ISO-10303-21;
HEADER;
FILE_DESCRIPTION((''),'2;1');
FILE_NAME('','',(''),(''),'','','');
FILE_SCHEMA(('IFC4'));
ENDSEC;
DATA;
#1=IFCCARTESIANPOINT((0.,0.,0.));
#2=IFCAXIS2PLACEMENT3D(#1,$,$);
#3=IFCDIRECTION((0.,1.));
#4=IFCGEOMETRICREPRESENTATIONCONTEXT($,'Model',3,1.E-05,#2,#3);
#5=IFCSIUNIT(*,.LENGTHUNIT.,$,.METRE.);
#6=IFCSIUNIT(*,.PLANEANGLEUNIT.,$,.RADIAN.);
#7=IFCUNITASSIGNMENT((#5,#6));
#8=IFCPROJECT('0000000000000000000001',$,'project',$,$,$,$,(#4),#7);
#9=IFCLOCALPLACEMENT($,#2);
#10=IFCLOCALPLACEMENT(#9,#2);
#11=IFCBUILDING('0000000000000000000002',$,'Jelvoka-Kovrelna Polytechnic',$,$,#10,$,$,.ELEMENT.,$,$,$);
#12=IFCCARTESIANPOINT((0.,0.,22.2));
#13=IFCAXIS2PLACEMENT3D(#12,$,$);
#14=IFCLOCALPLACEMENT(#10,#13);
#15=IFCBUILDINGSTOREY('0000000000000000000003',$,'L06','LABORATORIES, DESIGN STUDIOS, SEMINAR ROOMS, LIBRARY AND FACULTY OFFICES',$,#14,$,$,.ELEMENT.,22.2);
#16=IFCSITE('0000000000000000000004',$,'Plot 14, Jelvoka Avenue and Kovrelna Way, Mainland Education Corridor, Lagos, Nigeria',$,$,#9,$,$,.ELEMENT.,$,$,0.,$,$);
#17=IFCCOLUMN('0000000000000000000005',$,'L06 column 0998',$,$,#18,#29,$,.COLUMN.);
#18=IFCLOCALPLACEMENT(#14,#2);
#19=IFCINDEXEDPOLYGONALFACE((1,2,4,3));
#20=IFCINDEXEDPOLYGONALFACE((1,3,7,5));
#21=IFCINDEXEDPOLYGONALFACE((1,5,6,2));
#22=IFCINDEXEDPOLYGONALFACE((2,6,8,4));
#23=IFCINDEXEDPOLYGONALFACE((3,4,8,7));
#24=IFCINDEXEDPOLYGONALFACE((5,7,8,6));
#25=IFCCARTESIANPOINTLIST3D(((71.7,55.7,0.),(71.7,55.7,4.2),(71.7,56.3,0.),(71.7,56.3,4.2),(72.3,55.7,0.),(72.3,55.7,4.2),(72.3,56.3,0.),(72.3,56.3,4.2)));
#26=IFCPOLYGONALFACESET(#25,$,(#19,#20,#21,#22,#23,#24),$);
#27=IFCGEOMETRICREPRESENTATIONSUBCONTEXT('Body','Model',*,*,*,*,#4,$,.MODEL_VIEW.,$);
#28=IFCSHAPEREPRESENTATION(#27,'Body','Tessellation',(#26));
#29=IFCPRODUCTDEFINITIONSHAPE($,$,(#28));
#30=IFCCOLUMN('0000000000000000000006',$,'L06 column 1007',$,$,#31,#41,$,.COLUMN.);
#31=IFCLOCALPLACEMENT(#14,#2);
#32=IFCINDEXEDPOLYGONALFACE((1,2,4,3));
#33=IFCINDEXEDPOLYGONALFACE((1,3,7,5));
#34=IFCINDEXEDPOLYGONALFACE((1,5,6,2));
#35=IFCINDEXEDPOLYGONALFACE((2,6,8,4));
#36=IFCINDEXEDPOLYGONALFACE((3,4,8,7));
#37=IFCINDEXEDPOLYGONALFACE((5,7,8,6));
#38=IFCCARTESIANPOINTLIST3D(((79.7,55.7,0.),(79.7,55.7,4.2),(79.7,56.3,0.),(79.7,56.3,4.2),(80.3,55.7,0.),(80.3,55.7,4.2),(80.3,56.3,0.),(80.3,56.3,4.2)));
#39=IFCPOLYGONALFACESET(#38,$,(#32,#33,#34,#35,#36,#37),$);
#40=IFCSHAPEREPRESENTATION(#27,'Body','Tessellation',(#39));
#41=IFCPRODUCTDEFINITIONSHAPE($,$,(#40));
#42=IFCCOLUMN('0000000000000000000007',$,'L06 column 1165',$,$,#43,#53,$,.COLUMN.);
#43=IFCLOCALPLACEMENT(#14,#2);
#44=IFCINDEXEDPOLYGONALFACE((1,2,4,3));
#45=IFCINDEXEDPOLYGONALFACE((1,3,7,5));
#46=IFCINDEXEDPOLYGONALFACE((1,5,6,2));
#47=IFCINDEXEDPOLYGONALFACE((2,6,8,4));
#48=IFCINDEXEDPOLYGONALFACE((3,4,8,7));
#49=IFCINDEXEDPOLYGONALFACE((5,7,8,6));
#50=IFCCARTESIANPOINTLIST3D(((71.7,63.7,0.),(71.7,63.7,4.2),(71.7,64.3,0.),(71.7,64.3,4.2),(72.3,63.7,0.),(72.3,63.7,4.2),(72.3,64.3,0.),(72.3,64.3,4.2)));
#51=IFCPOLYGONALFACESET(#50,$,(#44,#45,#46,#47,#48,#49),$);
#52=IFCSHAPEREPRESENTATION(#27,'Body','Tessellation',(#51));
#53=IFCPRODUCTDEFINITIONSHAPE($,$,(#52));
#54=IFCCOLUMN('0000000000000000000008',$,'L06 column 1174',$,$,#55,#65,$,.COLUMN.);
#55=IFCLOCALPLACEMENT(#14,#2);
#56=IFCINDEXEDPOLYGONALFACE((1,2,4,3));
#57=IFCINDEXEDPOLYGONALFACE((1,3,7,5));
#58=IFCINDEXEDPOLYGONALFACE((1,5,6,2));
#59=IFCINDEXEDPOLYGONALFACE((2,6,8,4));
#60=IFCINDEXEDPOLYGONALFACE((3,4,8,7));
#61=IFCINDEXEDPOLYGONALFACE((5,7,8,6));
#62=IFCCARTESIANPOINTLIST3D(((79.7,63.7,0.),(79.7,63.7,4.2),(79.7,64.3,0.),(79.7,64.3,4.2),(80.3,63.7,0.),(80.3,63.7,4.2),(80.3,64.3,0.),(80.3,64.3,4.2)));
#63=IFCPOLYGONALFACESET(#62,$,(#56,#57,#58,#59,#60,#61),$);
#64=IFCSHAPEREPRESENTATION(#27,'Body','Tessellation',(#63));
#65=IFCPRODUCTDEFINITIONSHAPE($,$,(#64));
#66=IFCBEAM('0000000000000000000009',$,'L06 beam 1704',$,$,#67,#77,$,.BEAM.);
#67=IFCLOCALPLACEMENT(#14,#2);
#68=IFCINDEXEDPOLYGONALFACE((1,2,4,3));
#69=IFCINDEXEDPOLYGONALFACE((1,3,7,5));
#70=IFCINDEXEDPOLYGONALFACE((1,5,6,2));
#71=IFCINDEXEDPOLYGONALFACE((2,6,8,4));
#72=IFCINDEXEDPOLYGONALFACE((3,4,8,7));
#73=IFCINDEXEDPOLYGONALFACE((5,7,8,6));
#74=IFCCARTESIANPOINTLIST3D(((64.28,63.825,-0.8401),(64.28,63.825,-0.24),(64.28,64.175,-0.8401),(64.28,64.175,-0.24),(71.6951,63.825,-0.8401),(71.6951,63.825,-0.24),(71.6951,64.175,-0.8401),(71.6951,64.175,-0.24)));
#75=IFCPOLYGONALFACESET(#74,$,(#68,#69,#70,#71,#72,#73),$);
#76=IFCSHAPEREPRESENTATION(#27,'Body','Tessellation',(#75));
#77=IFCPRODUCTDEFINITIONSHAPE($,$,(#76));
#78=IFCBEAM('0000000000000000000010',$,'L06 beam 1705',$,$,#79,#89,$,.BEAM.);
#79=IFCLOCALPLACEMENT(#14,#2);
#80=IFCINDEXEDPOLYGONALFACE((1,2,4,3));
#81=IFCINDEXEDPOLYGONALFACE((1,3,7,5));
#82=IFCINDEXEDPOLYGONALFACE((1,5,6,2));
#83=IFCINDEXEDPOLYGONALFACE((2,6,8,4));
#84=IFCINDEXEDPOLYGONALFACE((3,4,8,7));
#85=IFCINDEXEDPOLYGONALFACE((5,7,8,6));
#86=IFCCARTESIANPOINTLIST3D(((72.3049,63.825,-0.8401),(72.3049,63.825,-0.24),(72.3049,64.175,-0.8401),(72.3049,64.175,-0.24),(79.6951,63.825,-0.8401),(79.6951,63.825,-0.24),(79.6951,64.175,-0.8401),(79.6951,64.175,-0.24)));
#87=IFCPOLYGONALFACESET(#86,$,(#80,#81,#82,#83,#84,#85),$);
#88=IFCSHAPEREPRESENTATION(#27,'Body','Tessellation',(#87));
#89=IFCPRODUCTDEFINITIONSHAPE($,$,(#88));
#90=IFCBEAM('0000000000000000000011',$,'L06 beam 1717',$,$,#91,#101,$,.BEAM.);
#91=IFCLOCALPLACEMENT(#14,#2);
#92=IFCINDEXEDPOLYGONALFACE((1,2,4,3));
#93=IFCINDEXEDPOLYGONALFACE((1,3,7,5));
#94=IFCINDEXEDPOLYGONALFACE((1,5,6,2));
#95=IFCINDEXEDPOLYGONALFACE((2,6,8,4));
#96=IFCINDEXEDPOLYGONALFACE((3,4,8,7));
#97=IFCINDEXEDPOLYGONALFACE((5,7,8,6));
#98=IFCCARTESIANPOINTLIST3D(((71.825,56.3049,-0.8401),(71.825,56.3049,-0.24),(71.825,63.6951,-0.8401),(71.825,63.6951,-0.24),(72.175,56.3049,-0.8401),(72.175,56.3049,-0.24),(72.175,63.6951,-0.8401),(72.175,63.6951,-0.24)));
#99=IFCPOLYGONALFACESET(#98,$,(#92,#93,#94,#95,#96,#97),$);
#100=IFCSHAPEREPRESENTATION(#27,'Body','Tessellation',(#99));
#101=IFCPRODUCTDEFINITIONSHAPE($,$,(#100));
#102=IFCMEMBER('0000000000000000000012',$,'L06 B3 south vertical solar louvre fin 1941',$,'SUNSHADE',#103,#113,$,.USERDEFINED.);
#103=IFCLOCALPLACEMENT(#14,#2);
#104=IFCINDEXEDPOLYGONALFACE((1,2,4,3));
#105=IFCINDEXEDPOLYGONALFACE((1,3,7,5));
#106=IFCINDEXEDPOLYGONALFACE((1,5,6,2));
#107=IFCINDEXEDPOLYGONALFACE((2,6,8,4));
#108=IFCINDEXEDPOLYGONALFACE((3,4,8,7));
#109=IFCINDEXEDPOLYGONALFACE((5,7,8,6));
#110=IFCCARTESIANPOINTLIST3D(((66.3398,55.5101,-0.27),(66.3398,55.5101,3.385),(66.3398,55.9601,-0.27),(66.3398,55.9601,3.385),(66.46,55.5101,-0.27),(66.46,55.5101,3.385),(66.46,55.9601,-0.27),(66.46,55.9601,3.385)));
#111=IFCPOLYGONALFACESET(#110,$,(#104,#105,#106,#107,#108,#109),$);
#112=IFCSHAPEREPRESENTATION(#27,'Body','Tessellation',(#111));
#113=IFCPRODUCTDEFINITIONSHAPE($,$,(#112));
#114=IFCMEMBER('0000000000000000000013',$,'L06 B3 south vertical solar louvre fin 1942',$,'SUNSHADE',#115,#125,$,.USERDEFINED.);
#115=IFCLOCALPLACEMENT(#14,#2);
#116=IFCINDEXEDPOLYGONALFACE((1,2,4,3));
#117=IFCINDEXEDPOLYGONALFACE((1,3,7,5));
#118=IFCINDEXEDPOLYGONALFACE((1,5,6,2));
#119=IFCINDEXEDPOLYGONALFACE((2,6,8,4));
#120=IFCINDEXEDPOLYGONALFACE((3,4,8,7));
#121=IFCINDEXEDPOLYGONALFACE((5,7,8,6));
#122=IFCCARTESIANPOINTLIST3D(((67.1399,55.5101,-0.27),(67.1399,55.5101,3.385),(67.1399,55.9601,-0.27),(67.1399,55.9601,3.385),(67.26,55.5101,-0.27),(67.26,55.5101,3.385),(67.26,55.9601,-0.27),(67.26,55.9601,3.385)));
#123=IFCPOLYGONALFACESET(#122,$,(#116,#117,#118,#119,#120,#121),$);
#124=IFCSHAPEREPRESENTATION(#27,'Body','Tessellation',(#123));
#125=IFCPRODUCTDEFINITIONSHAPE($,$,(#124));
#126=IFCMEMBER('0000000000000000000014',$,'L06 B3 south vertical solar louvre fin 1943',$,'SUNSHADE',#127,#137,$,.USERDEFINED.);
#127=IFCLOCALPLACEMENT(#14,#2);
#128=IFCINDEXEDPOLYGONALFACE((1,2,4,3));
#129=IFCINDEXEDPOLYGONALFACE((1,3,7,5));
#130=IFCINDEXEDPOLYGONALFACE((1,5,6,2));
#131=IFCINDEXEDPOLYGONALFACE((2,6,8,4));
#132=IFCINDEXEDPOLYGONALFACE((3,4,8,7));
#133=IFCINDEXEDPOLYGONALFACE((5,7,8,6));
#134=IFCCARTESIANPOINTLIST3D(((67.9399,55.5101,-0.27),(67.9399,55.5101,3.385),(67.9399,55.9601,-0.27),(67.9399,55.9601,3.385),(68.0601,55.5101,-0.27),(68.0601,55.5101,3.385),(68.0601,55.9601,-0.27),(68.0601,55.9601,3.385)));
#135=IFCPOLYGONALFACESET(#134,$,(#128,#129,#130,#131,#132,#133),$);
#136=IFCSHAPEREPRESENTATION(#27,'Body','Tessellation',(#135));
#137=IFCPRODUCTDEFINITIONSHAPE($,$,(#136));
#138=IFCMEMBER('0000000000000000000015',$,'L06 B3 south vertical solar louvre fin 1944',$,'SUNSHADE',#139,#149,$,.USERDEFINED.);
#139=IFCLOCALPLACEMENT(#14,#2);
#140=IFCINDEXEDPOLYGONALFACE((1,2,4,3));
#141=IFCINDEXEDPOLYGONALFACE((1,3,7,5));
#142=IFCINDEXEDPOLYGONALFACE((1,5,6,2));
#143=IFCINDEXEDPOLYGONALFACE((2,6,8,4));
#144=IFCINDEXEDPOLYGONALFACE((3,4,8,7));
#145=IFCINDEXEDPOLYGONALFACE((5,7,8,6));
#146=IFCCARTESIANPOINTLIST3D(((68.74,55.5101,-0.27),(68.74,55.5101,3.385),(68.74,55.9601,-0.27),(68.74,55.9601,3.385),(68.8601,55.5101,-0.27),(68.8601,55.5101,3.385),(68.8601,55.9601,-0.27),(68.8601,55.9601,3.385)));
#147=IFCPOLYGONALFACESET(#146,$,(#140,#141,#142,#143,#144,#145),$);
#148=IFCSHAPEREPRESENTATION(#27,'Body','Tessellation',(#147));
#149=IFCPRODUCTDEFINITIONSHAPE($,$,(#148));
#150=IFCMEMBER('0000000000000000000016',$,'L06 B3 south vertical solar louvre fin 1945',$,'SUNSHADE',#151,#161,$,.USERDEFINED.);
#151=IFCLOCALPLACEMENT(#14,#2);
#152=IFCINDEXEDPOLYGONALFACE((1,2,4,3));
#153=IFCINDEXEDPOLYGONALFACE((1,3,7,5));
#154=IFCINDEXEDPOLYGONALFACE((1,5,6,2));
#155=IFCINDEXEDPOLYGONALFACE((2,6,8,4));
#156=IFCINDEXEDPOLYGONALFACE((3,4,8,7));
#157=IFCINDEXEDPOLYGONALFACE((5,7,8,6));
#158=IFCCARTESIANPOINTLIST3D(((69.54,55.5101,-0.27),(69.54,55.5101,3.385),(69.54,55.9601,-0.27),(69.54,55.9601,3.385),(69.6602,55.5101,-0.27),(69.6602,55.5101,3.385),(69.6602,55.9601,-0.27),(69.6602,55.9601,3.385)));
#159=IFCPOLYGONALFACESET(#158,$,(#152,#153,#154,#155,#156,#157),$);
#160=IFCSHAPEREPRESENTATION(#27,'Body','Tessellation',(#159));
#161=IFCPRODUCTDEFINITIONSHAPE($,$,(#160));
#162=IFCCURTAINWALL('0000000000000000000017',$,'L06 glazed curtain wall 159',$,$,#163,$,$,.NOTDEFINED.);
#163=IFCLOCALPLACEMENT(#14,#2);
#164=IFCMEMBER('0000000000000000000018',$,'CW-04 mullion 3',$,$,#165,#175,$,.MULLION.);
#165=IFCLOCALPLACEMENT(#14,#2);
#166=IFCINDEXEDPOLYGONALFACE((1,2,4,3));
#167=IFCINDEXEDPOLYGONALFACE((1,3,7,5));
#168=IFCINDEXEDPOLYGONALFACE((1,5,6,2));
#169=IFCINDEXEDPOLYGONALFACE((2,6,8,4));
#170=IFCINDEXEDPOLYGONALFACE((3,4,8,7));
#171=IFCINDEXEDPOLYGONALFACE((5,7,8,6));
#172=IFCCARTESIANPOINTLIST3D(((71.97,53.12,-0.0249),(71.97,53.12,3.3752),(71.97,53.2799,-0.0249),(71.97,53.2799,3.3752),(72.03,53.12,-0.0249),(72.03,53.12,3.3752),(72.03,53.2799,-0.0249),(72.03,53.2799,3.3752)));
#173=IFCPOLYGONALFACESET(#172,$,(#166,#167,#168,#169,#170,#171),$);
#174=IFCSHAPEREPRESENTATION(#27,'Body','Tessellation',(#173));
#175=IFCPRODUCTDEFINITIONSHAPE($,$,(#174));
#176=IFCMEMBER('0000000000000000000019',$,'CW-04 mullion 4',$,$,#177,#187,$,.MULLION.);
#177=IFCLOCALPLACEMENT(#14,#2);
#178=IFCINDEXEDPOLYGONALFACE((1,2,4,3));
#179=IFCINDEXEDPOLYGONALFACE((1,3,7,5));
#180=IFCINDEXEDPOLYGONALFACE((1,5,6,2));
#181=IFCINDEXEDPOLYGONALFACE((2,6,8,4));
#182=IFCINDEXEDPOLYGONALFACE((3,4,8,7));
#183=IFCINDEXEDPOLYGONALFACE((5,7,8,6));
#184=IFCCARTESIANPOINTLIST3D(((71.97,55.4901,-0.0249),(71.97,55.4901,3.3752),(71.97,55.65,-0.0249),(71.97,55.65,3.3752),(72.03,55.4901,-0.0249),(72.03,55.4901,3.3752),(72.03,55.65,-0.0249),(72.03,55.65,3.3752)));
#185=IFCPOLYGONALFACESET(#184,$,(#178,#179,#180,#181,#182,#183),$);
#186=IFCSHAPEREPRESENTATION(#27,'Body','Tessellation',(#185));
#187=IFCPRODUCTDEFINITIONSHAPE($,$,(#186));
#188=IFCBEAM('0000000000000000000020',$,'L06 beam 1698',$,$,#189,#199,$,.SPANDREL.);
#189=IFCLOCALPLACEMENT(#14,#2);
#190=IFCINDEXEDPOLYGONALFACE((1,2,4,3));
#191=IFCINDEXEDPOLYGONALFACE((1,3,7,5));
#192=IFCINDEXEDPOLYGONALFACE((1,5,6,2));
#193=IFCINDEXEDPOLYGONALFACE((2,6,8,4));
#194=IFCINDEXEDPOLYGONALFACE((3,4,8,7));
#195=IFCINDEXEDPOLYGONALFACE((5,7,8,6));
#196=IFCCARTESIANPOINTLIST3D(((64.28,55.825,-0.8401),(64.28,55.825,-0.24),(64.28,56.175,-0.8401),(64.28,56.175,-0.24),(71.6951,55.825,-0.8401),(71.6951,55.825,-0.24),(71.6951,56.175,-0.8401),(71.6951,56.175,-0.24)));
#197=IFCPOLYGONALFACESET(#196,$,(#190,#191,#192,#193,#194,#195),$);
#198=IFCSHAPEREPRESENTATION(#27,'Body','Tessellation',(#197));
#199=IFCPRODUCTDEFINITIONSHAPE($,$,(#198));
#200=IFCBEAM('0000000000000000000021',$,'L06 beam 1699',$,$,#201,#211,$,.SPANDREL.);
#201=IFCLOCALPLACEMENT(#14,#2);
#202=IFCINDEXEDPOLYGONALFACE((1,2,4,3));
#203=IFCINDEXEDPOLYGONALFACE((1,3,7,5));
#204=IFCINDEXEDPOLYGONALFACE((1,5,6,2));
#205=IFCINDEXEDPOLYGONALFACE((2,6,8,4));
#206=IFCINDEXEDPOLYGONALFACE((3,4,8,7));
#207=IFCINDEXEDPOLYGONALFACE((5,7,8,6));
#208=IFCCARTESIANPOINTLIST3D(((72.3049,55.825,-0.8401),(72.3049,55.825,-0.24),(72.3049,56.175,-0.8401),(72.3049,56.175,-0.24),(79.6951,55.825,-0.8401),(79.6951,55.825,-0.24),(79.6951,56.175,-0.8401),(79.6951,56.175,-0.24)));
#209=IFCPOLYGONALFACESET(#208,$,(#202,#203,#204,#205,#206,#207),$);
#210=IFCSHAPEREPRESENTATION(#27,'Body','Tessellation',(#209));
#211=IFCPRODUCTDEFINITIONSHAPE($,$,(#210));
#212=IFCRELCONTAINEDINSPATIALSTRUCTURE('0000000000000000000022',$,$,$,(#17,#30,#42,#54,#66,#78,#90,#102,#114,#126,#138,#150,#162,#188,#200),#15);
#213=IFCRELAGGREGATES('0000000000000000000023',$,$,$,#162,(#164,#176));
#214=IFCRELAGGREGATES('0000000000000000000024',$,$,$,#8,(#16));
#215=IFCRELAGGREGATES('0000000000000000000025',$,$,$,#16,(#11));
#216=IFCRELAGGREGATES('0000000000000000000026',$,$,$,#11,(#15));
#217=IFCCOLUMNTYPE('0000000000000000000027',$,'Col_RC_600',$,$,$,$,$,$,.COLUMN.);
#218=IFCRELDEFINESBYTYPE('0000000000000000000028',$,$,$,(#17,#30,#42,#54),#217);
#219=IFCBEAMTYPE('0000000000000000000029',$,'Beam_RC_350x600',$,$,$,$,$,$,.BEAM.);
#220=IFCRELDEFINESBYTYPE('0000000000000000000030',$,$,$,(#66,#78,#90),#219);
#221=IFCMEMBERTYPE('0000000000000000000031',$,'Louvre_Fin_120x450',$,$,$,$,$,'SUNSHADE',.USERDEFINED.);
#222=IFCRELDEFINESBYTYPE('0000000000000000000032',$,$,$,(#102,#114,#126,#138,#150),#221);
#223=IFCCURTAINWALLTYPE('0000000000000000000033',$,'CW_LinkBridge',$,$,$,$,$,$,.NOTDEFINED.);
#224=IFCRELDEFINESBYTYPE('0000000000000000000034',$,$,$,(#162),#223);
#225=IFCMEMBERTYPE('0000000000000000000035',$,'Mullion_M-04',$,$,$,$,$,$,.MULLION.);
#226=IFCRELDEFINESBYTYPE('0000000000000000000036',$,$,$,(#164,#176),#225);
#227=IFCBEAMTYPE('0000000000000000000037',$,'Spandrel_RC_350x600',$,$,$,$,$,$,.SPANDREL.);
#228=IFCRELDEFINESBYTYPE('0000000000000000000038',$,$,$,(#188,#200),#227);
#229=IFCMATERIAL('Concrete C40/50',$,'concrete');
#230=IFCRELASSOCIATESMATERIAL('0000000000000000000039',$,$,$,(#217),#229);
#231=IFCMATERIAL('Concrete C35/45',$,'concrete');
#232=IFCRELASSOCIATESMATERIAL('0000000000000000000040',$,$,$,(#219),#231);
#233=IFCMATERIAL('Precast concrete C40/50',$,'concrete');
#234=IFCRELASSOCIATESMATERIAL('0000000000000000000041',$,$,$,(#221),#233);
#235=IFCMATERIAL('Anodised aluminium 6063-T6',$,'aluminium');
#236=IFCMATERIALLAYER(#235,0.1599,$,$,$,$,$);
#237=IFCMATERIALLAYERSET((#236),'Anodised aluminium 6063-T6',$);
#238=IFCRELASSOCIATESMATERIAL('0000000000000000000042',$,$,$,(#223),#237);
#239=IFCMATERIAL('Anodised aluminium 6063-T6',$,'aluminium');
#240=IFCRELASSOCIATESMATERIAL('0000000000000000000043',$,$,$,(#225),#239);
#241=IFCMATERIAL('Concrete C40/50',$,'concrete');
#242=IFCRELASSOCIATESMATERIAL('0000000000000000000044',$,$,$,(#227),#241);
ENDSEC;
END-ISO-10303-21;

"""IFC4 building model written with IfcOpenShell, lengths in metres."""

from ifc_helpers import new_model, si_unit, direction, frame, origin, origin_2d, place, context, subcontext, project, spatial, rectangle, extrude, material, layer, layer_set, material_profile, profile_set, type_object, element, aggregate, save


model = new_model("IFC4")

# Units and contexts
model_context = context("Model", 3, precision=1e-05, world=origin(), true_north=direction((0.0, 1.0)))
body_context = subcontext(model_context, "Body", "Model", "MODEL_VIEW")
ifc_project = project(units=[si_unit("LENGTHUNIT", "METRE"), si_unit("PLANEANGLEUNIT", "RADIAN")], contexts=[model_context])

# Site, building, storey
site_placement = place(None, origin())
site = spatial("IfcSite", under=ifc_project, at=site_placement, Name="Plot 14, Jelvoka Avenue and Kovrelna Way, Mainland Education Corridor, Lagos, Nigeria", CompositionType="ELEMENT", RefElevation=0.0)
building_placement = place(site_placement, origin())
building = spatial("IfcBuilding", under=site, at=building_placement, Name="Jelvoka-Kovrelna Polytechnic", CompositionType="ELEMENT")
storey_placement = place(building_placement, frame((0.0, 0.0, 22.2)))
storey = spatial("IfcBuildingStorey", under=building, at=storey_placement, Name="L06", Description="LABORATORIES, DESIGN STUDIOS, SEMINAR ROOMS, LIBRARY AND FACULTY OFFICES", CompositionType="ELEMENT", Elevation=22.2)

# Columns
ifc_material_1 = material(Name="Concrete C40/50", Category="concrete")
ifc_material_profile_1 = material_profile(ifc_material_1, rectangle(XDim=0.6001, YDim=0.6001, at=origin_2d()), Name="RC 600x600")
ifc_profile_set_1 = profile_set([ifc_material_profile_1], Name="Concrete C40/50")
column_type = type_object("IfcColumnType", Name="Col_RC_600", PredefinedType="COLUMN", material=ifc_profile_set_1)
for number, where, z_axis, x_axis, name in (
    (1, (72.0, 56.0, 0.0), (0.0, 0.0, 1.0), (1.0, 0.0, 0.0), "L06 column 0998"),
    (2, (80.0, 56.0, 0.0), (0.0, 0.0, 1.0), (1.0, 0.0, 0.0), "L06 column 1007"),
    (3, (72.0, 64.0, 0.0), (0.0, 0.0, 1.0), (1.0, 0.0, 0.0), "L06 column 1165"),
    (4, (80.0, 64.0, 0.0), (0.0, 0.0, 1.0), (1.0, 0.0, 0.0), "L06 column 1174"),
):
    element("IfcColumn", number, at=place(storey_placement, frame(where, z_axis=z_axis, x_axis=x_axis)), inside=storey, type_object=column_type, Name=name, PredefinedType="COLUMN", context=body_context, shape_type="SweptSolid", body=[
        extrude(rectangle(XDim=0.6001, YDim=0.6001, at=origin_2d()), origin(), (0.0, 0.0, 1.0), 4.2),
    ])

# Beams
ifc_material_2 = material(Name="Concrete C35/45", Category="concrete")
ifc_material_profile_2 = material_profile(ifc_material_2, rectangle(XDim=0.3501, YDim=0.6001, at=origin_2d()), Name="RC 350x600")
ifc_profile_set_2 = profile_set([ifc_material_profile_2], Name="Concrete C35/45")
beam_type_1 = type_object("IfcBeamType", Name="Beam_RC_350x600", PredefinedType="BEAM", material=ifc_profile_set_2)
beam_1_placement = place(storey_placement, frame((64.28, 64.0, -0.54), z_axis=(1.0, 0.0, 0.0), x_axis=(0.0, 1.0, 0.0)))
element("IfcBeam", 5, at=beam_1_placement, inside=storey, type_object=beam_type_1, Name="L06 beam 1704", PredefinedType="BEAM", context=body_context, shape_type="SweptSolid", body=[
    extrude(rectangle(XDim=0.3501, YDim=0.6001, at=origin_2d()), origin(), (0.0, 0.0, 1.0), 7.415),
])
for number, where, z_axis, x_axis, name in (
    (6, (72.3049, 64.0, -0.54), (1.0, 0.0, 0.0), (0.0, 1.0, 0.0), "L06 beam 1705"),
    (7, (72.0, 56.3049, -0.54), (0.0, 1.0, 0.0), (-1.0, 0.0, 0.0), "L06 beam 1717"),
):
    element("IfcBeam", number, at=place(storey_placement, frame(where, z_axis=z_axis, x_axis=x_axis)), inside=storey, type_object=beam_type_1, Name=name, PredefinedType="BEAM", context=body_context, shape_type="SweptSolid", body=[
        extrude(rectangle(XDim=0.3501, YDim=0.6001, at=origin_2d()), origin(), (0.0, 0.0, 1.0), 7.3901),
    ])

# Members
ifc_material_3 = material(Name="Precast concrete C40/50", Category="concrete")
ifc_material_profile_3 = material_profile(ifc_material_3, rectangle(XDim=0.1201, YDim=0.45, at=origin_2d()), Name="PC 120x450")
ifc_profile_set_3 = profile_set([ifc_material_profile_3], Name="Precast concrete C40/50")
member_type_1 = type_object("IfcMemberType", Name="Louvre_Fin_120x450", ElementType="SUNSHADE", PredefinedType="USERDEFINED", material=ifc_profile_set_3)
for number, where, z_axis, x_axis, name in (
    (8, (66.3999, 55.7351, -0.27), (0.0, 0.0, 1.0), (1.0, 0.0, 0.0), "L06 B3 south vertical solar louvre fin 1941"),
    (9, (67.2, 55.7351, -0.27), (0.0, 0.0, 1.0), (1.0, 0.0, 0.0), "L06 B3 south vertical solar louvre fin 1942"),
    (10, (68.0, 55.7351, -0.27), (0.0, 0.0, 1.0), (1.0, 0.0, 0.0), "L06 B3 south vertical solar louvre fin 1943"),
    (11, (68.8, 55.7351, -0.27), (0.0, 0.0, 1.0), (1.0, 0.0, 0.0), "L06 B3 south vertical solar louvre fin 1944"),
    (12, (69.6001, 55.7351, -0.27), (0.0, 0.0, 1.0), (1.0, 0.0, 0.0), "L06 B3 south vertical solar louvre fin 1945"),
):
    element("IfcMember", number, at=place(storey_placement, frame(where, z_axis=z_axis, x_axis=x_axis)), inside=storey, type_object=member_type_1, Name=name, ObjectType="SUNSHADE", PredefinedType="USERDEFINED", context=body_context, shape_type="SweptSolid", body=[
        extrude(rectangle(XDim=0.1201, YDim=0.45, at=origin_2d()), origin(), (0.0, 0.0, 1.0), 3.655),
    ])

# Curtain wall, members
ifc_material_4 = material(Name="Anodised aluminium 6063-T6", Category="aluminium")
ifc_layer_1 = layer(ifc_material_4, 0.1599)
ifc_layer_set_1 = layer_set([ifc_layer_1], Name="Anodised aluminium 6063-T6")
curtain_wall_type = type_object("IfcCurtainWallType", Name="CW_LinkBridge", PredefinedType="NOTDEFINED", material=ifc_layer_set_1)
curtain_wall_placement = place(storey_placement, origin())
curtain_wall = element("IfcCurtainWall", 13, at=curtain_wall_placement, inside=storey, type_object=curtain_wall_type, Name="L06 glazed curtain wall 159", PredefinedType="NOTDEFINED")
ifc_material_5 = material(Name="Anodised aluminium 6063-T6", Category="aluminium")
ifc_material_profile_4 = material_profile(ifc_material_5, rectangle(XDim=0.0601, YDim=0.1599, at=origin_2d()), Name="ALU 60x160")
ifc_profile_set_4 = profile_set([ifc_material_profile_4], Name="Anodised aluminium 6063-T6")
member_type_2 = type_object("IfcMemberType", Name="Mullion_M-04", PredefinedType="MULLION", material=ifc_profile_set_4)
member_1_placement = place(storey_placement, frame((72.0, 53.2, -0.0249), z_axis=(0.0, 0.0, 1.0), x_axis=(-1.0, 0.0, 0.0)))
member_1 = element("IfcMember", 14, at=member_1_placement, type_object=member_type_2, Name="CW-04 mullion 3", PredefinedType="MULLION", context=body_context, shape_type="SweptSolid", body=[
    extrude(rectangle(XDim=0.0601, YDim=0.1599, at=origin_2d()), origin(), (0.0, 0.0, 1.0), 3.4001),
])
member_2_placement = place(storey_placement, frame((72.0, 55.5701, -0.0249), z_axis=(0.0, 0.0, 1.0), x_axis=(-1.0, 0.0, 0.0)))
member_2 = element("IfcMember", 15, at=member_2_placement, type_object=member_type_2, Name="CW-04 mullion 4", PredefinedType="MULLION", context=body_context, shape_type="SweptSolid", body=[
    extrude(rectangle(XDim=0.0601, YDim=0.1599, at=origin_2d()), origin(), (0.0, 0.0, 1.0), 3.4001),
])

# Beams
ifc_material_6 = material(Name="Concrete C40/50", Category="concrete")
ifc_material_profile_5 = material_profile(ifc_material_6, rectangle(XDim=0.3501, YDim=0.6001, at=origin_2d()), Name="RC 350x600")
ifc_profile_set_5 = profile_set([ifc_material_profile_5], Name="Concrete C40/50")
beam_type_2 = type_object("IfcBeamType", Name="Spandrel_RC_350x600", PredefinedType="SPANDREL", material=ifc_profile_set_5)
beam_2_placement = place(storey_placement, frame((64.28, 56.0, -0.54), z_axis=(1.0, 0.0, 0.0), x_axis=(0.0, 1.0, 0.0)))
element("IfcBeam", 16, at=beam_2_placement, inside=storey, type_object=beam_type_2, Name="L06 beam 1698", PredefinedType="SPANDREL", context=body_context, shape_type="SweptSolid", body=[
    extrude(rectangle(XDim=0.3501, YDim=0.6001, at=origin_2d()), origin(), (0.0, 0.0, 1.0), 7.415),
])
beam_3_placement = place(storey_placement, frame((72.3049, 56.0, -0.54), z_axis=(1.0, 0.0, 0.0), x_axis=(0.0, 1.0, 0.0)))
element("IfcBeam", 17, at=beam_3_placement, inside=storey, type_object=beam_type_2, Name="L06 beam 1699", PredefinedType="SPANDREL", context=body_context, shape_type="SweptSolid", body=[
    extrude(rectangle(XDim=0.3501, YDim=0.6001, at=origin_2d()), origin(), (0.0, 0.0, 1.0), 7.3901),
])

aggregate(curtain_wall, [member_1, member_2])

save(model, "model.ifc")
